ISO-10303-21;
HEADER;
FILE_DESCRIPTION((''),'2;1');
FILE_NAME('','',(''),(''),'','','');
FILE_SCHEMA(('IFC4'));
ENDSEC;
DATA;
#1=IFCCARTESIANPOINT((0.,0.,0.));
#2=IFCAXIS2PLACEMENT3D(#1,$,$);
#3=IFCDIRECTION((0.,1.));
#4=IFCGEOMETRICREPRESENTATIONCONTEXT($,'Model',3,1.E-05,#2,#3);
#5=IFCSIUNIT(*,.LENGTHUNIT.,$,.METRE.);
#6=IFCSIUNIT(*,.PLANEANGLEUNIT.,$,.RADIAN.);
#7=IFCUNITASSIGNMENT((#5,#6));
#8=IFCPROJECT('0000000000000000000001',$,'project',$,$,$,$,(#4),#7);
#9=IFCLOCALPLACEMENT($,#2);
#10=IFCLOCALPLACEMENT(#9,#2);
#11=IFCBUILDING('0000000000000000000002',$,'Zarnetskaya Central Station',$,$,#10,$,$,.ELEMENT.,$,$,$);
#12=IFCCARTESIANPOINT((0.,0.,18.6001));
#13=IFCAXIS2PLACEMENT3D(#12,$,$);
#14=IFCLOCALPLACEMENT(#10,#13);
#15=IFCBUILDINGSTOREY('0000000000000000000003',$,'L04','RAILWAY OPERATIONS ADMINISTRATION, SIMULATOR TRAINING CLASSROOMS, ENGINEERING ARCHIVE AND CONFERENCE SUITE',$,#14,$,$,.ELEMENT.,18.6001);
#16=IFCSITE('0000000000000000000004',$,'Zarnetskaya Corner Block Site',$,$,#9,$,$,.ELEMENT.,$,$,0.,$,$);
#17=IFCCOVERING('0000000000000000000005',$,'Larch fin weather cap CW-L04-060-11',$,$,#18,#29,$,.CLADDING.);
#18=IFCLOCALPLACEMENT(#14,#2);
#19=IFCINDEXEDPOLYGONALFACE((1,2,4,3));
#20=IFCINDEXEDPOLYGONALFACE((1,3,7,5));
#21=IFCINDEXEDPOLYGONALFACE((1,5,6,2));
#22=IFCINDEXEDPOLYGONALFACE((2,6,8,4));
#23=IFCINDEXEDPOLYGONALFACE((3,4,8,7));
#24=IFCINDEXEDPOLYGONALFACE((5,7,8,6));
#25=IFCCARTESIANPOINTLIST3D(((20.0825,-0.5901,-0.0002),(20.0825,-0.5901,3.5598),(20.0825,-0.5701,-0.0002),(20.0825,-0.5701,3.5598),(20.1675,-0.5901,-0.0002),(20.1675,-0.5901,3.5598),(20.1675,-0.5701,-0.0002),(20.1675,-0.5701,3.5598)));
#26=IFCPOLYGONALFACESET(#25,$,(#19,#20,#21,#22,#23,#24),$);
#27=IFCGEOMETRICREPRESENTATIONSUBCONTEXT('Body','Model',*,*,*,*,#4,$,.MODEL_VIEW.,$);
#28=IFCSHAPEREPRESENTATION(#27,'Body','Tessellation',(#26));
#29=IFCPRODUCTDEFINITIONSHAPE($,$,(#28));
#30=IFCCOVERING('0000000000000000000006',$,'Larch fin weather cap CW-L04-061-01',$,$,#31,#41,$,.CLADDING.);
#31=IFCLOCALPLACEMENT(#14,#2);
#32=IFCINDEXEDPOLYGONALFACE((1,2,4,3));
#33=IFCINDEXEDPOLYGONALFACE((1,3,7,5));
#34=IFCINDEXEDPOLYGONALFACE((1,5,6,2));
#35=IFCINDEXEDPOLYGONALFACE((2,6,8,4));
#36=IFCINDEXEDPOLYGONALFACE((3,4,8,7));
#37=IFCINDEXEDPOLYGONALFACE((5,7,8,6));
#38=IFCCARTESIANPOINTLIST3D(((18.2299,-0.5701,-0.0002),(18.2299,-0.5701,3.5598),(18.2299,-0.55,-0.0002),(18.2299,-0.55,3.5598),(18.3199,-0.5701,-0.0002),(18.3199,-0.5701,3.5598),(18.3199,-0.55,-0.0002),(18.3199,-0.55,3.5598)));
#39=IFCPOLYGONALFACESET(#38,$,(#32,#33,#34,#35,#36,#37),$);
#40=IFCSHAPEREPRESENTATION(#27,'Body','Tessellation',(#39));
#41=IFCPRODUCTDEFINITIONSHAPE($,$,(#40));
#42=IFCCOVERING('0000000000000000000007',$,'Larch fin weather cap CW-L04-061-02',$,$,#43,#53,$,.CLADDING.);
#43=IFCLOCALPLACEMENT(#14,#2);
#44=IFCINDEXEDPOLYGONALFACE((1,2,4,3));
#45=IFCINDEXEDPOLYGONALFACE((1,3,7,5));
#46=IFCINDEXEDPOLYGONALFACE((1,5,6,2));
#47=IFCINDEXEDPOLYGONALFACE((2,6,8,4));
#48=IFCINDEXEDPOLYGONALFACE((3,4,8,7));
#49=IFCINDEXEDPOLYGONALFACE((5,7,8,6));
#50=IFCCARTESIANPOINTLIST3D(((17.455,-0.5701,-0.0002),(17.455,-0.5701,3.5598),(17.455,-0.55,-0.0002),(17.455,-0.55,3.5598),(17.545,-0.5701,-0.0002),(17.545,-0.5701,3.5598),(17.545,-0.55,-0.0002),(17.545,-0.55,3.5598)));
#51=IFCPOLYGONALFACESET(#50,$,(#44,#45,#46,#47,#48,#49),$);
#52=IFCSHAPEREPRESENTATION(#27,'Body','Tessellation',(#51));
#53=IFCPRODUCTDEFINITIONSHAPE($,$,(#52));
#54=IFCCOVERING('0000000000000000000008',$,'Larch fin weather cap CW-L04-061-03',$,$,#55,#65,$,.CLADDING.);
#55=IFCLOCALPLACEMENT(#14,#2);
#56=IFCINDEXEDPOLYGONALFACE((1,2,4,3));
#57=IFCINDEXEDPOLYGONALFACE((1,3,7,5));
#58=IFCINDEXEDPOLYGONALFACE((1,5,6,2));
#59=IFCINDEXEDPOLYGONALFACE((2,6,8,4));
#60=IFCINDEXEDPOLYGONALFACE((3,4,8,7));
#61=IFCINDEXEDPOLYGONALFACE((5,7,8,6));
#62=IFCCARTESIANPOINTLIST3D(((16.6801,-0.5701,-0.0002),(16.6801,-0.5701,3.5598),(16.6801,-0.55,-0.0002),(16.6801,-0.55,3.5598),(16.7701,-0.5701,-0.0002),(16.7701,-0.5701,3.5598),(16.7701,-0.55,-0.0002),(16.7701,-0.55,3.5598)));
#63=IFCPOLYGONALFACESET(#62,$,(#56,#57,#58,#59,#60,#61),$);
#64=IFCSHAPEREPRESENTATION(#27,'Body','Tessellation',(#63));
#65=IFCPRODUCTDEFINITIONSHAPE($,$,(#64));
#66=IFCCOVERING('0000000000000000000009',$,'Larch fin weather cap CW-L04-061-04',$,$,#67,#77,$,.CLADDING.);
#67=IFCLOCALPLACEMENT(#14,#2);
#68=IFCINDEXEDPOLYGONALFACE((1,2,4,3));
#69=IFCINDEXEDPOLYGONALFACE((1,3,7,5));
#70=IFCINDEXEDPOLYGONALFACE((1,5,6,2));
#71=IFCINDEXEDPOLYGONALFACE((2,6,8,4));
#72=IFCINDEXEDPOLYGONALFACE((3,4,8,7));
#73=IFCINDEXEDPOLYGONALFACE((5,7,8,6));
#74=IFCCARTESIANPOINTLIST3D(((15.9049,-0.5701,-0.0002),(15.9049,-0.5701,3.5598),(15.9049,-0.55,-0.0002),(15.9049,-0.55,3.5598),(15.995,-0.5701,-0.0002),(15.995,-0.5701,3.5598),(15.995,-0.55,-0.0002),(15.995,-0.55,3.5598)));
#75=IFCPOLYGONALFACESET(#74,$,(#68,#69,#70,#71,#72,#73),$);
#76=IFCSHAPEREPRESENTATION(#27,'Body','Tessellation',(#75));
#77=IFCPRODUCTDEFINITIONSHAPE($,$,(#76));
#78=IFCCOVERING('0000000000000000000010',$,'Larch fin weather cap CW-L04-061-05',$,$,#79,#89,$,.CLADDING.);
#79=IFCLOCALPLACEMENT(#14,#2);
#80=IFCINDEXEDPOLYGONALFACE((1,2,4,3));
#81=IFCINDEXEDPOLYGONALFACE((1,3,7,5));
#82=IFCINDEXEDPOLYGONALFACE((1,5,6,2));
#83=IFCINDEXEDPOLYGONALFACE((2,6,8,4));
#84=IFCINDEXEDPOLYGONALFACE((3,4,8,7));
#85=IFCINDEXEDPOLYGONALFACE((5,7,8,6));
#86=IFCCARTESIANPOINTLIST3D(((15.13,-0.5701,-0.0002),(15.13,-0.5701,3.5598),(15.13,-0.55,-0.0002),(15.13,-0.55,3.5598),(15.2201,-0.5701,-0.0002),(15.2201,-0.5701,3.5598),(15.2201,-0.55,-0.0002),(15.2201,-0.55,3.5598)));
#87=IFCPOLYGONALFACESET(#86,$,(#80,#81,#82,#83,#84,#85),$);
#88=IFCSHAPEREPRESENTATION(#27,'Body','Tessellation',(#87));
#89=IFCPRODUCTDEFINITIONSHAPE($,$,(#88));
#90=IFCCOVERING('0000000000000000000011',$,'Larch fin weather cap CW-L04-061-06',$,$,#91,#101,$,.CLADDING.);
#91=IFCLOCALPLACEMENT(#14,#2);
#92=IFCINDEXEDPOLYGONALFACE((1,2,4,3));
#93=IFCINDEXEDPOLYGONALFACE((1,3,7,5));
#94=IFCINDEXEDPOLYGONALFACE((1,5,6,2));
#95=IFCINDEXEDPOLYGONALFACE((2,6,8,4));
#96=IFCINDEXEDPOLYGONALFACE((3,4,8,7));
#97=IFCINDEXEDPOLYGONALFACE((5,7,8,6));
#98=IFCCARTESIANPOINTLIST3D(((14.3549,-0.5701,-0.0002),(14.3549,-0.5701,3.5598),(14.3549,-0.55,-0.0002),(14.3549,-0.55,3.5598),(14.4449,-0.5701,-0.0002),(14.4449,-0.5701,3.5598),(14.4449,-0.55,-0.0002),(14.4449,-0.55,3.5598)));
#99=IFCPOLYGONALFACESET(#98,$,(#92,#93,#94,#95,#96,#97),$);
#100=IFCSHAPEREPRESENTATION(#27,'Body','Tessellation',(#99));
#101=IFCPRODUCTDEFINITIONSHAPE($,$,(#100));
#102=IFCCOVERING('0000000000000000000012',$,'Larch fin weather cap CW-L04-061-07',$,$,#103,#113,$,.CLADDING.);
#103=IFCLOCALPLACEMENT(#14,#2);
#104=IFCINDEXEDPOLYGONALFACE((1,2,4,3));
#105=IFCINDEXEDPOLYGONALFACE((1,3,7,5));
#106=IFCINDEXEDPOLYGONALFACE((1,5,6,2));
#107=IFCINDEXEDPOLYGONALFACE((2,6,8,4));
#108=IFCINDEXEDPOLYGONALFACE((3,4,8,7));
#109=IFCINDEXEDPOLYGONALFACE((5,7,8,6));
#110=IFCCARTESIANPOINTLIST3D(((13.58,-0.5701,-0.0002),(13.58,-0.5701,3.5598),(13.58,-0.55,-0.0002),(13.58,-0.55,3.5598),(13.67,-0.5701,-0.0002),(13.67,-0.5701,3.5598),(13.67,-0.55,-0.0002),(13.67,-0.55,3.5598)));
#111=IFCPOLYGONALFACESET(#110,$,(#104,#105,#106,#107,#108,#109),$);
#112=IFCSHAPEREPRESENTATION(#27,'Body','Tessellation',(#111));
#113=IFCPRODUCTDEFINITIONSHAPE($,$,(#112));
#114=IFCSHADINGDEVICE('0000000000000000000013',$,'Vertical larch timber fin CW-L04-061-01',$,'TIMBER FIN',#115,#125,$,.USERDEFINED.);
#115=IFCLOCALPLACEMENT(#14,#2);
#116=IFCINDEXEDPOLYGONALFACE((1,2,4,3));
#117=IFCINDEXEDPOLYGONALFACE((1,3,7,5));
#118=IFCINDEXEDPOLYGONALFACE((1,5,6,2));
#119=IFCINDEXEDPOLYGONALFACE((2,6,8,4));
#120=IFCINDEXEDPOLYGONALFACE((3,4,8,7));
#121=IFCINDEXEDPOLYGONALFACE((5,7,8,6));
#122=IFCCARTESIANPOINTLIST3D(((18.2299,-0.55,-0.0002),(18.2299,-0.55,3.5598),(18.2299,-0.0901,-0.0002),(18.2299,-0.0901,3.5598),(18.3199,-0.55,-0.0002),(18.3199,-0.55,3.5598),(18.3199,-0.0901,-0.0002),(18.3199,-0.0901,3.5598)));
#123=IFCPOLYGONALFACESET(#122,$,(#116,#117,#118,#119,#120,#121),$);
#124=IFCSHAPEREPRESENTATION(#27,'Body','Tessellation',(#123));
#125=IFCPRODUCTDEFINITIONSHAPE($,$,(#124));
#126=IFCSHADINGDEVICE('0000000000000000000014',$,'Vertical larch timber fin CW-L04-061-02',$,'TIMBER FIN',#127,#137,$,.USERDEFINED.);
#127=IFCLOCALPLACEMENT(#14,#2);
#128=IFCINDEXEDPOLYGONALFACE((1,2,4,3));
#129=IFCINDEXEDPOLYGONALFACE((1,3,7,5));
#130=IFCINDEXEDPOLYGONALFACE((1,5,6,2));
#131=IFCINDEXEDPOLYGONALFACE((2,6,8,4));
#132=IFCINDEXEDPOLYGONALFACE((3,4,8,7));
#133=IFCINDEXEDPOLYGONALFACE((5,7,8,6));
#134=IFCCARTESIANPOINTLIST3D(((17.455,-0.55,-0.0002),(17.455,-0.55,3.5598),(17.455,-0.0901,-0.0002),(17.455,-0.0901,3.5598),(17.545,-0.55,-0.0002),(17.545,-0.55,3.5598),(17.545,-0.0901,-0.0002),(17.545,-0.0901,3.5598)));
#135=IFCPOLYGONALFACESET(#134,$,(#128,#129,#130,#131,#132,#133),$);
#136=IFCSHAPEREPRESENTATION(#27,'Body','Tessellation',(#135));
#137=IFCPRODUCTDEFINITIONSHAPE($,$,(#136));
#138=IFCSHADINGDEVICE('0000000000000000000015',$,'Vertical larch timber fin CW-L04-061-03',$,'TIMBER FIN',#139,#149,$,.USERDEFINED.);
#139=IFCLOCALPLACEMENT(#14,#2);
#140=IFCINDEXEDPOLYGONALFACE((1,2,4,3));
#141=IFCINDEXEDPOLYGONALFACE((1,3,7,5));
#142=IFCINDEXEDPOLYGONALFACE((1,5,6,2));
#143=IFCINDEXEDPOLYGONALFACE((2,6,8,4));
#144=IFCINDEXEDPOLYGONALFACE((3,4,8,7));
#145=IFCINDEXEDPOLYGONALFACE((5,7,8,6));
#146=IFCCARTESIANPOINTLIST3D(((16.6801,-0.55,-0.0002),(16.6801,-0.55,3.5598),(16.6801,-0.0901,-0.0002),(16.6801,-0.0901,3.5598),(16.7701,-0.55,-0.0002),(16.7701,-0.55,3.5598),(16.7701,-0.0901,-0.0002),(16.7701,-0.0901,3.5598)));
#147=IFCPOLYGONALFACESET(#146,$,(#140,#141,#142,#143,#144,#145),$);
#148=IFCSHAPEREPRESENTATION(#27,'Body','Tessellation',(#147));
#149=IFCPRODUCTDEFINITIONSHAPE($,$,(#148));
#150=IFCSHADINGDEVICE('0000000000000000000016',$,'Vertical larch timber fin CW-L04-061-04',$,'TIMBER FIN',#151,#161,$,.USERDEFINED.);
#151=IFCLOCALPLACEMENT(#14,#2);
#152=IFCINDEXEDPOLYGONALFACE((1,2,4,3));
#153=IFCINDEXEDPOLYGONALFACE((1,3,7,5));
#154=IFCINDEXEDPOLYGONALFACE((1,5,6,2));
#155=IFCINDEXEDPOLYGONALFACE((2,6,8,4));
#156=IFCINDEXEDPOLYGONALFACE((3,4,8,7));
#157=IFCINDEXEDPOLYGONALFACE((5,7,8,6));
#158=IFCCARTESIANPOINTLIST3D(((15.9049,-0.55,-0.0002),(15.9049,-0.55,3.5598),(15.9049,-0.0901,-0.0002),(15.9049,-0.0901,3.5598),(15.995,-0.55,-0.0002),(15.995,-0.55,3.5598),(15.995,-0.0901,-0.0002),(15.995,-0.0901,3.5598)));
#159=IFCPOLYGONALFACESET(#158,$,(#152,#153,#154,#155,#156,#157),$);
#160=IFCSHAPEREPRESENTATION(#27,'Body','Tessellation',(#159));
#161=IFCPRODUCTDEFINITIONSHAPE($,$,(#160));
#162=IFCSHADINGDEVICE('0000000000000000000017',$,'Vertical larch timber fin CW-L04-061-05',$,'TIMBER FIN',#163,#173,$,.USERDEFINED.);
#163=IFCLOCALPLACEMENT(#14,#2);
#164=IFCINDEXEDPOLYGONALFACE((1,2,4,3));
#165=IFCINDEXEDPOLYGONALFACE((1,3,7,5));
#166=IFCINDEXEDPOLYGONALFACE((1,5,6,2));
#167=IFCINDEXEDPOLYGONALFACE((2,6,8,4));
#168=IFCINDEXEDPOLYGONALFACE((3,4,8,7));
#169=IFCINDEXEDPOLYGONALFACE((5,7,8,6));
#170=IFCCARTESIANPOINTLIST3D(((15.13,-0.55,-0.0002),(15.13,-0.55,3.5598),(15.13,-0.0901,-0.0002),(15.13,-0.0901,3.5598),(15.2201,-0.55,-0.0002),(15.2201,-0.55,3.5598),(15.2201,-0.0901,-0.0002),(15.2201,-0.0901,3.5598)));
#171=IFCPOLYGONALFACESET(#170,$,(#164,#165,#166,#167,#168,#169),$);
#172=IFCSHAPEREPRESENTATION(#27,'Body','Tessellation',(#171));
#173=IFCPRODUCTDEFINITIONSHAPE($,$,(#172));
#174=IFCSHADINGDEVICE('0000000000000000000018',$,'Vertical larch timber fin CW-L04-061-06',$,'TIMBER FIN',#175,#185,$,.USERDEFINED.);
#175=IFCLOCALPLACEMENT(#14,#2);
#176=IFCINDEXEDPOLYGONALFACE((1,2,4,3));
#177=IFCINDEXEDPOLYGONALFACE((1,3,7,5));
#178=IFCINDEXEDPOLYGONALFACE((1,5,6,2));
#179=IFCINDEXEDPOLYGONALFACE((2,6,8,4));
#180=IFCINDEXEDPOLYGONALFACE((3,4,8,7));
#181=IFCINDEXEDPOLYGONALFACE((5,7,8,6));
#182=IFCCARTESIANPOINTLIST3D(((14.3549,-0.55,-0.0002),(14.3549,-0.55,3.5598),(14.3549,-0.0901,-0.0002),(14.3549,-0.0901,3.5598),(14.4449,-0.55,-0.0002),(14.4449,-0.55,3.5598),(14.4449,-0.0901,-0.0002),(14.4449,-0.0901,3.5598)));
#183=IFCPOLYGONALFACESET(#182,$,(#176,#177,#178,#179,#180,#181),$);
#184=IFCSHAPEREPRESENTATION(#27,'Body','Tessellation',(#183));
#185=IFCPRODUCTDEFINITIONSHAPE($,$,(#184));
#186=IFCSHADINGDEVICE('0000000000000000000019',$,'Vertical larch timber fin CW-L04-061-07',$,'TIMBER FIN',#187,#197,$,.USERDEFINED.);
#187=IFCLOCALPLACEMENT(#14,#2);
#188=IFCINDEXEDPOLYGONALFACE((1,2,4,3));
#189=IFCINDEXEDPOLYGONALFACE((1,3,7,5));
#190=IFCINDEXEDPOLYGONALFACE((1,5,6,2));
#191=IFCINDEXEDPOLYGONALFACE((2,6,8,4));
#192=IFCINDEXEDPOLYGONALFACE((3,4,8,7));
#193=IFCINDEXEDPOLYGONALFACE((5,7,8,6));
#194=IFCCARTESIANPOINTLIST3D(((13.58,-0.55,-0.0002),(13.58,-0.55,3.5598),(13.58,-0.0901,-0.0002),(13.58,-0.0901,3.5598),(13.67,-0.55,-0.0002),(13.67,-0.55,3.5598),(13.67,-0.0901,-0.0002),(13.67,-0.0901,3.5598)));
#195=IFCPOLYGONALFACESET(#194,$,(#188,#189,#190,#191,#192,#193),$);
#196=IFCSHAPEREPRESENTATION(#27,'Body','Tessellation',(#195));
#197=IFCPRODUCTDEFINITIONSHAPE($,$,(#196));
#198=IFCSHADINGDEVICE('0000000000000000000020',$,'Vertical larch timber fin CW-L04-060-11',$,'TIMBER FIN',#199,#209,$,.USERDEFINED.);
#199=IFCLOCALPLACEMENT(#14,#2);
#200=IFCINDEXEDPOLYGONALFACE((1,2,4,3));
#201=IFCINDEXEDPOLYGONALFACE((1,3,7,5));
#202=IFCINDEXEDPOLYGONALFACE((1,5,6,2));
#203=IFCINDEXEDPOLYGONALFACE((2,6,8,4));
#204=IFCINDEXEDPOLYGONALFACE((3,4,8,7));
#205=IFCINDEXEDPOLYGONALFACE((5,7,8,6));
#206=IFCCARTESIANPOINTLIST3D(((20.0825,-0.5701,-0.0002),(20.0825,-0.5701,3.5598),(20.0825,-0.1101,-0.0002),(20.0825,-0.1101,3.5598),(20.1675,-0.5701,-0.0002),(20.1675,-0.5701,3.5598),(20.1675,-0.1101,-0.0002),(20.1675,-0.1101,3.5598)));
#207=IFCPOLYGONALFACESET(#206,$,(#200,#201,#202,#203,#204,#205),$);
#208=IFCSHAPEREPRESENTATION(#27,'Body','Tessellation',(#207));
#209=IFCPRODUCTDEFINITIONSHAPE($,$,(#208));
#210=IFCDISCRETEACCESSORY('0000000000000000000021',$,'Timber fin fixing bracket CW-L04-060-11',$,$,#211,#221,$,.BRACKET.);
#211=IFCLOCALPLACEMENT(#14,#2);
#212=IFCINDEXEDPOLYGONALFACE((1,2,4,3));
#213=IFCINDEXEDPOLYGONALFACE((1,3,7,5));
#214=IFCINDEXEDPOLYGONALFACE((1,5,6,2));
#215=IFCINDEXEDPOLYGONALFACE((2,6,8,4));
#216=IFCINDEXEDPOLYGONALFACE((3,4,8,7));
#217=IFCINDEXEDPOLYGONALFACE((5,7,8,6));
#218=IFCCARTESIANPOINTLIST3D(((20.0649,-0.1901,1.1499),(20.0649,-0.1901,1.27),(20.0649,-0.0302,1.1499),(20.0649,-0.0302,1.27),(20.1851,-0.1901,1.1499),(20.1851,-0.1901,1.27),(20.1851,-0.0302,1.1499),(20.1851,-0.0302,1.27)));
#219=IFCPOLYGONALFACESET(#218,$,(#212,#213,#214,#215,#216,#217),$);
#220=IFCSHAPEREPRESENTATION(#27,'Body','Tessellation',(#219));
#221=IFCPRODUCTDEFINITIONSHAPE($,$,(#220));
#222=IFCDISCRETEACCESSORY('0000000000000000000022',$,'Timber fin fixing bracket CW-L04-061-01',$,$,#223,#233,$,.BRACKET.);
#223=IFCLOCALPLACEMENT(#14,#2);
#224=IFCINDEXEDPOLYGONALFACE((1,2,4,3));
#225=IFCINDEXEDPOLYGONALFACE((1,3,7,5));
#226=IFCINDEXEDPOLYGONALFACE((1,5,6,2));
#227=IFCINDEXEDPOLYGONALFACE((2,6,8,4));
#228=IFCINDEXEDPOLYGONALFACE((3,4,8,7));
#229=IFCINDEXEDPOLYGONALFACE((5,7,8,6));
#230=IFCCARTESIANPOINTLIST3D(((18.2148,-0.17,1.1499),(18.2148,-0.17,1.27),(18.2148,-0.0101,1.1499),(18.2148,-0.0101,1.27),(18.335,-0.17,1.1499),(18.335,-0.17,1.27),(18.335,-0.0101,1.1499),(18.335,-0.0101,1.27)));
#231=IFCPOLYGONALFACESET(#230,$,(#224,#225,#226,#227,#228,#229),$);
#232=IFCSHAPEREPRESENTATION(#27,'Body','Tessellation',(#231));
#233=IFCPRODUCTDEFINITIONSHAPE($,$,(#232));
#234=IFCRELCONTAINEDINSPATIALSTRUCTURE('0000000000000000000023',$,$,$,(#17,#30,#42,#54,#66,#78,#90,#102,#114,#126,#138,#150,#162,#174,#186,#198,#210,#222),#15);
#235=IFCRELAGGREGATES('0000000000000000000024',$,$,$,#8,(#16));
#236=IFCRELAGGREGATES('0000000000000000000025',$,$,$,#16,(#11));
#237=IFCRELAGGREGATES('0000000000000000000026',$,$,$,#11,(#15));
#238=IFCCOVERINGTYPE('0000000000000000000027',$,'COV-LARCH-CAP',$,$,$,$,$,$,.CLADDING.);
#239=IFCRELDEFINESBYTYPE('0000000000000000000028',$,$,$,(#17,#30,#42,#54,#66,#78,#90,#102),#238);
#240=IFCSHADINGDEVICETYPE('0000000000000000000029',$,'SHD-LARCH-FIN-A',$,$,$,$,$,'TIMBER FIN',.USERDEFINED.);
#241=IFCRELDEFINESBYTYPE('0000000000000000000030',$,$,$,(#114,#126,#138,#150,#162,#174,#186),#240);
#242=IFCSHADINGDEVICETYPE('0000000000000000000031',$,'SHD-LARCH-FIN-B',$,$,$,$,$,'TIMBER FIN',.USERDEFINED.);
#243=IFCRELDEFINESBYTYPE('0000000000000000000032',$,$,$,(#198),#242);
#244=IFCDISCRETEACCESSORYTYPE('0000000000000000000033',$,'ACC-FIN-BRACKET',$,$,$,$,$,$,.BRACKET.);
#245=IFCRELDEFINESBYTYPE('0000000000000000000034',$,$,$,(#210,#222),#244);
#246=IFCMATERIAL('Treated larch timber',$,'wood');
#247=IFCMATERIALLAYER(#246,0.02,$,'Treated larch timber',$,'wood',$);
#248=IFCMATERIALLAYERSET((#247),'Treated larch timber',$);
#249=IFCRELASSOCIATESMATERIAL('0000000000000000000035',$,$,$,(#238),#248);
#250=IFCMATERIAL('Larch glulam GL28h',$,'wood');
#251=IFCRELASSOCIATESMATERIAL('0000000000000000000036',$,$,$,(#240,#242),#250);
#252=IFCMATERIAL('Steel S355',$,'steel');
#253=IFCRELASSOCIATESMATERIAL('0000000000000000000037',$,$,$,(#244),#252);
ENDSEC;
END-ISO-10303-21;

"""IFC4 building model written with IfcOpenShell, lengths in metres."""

from ifc_helpers import new_model, si_unit, direction, frame, origin, origin_2d, place, context, subcontext, project, spatial, rectangle, extrude, material, layer, layer_set, type_object, element, save


model = new_model("IFC4")

# Units and contexts
model_context = context("Model", 3, precision=1e-05, world=origin(), true_north=direction((0.0, 1.0)))
body_context = subcontext(model_context, "Body", "Model", "MODEL_VIEW")
ifc_project = project(units=[si_unit("LENGTHUNIT", "METRE"), si_unit("PLANEANGLEUNIT", "RADIAN")], contexts=[model_context])

# Site, building, storey
site_placement = place(None, origin())
site = spatial("IfcSite", under=ifc_project, at=site_placement, Name="Zarnetskaya Corner Block Site", CompositionType="ELEMENT", RefElevation=0.0)
building_placement = place(site_placement, origin())
building = spatial("IfcBuilding", under=site, at=building_placement, Name="Zarnetskaya Central Station", CompositionType="ELEMENT")
storey_placement = place(building_placement, frame((0.0, 0.0, 18.6001)))
storey = spatial("IfcBuildingStorey", under=building, at=storey_placement, Name="L04", Description="RAILWAY OPERATIONS ADMINISTRATION, SIMULATOR TRAINING CLASSROOMS, ENGINEERING ARCHIVE AND CONFERENCE SUITE", CompositionType="ELEMENT", Elevation=18.6001)

# Coverings
ifc_material_1 = material(Name="Treated larch timber", Category="wood")
ifc_layer_1 = layer(ifc_material_1, 0.02, Name="Treated larch timber", Category="wood")
ifc_layer_set_1 = layer_set([ifc_layer_1], Name="Treated larch timber")
covering_type = type_object("IfcCoveringType", Name="COV-LARCH-CAP", PredefinedType="CLADDING", material=ifc_layer_set_1)
covering_placement = place(storey_placement, frame((20.125, -0.5801, -0.0002), z_axis=(0.0, 0.0, 1.0), x_axis=(-1.0, 0.0, 0.0)))
element("IfcCovering", 1, at=covering_placement, inside=storey, type_object=covering_type, Name="Larch fin weather cap CW-L04-060-11", PredefinedType="CLADDING", context=body_context, shape_type="SweptSolid", body=[
    extrude(rectangle(XDim=0.085, YDim=0.02, at=origin_2d()), origin(), (0.0, 0.0, 1.0), 3.5601),
])
for number, where, z_axis, x_axis, name in (
    (2, (18.2749, -0.5601, -0.0002), (0.0, 0.0, 1.0), (-1.0, 0.0, 0.0), "Larch fin weather cap CW-L04-061-01"),
    (3, (17.5, -0.5601, -0.0002), (0.0, 0.0, 1.0), (-1.0, 0.0, 0.0), "Larch fin weather cap CW-L04-061-02"),
    (4, (16.7251, -0.5601, -0.0002), (0.0, 0.0, 1.0), (-1.0, 0.0, 0.0), "Larch fin weather cap CW-L04-061-03"),
    (5, (15.95, -0.5601, -0.0002), (0.0, 0.0, 1.0), (-1.0, 0.0, 0.0), "Larch fin weather cap CW-L04-061-04"),
    (6, (15.175, -0.5601, -0.0002), (0.0, 0.0, 1.0), (-1.0, 0.0, 0.0), "Larch fin weather cap CW-L04-061-05"),
    (7, (14.3999, -0.5601, -0.0002), (0.0, 0.0, 1.0), (-1.0, 0.0, 0.0), "Larch fin weather cap CW-L04-061-06"),
    (8, (13.625, -0.5601, -0.0002), (0.0, 0.0, 1.0), (-1.0, 0.0, 0.0), "Larch fin weather cap CW-L04-061-07"),
):
    element("IfcCovering", number, at=place(storey_placement, frame(where, z_axis=z_axis, x_axis=x_axis)), inside=storey, type_object=covering_type, Name=name, PredefinedType="CLADDING", context=body_context, shape_type="SweptSolid", body=[
        extrude(rectangle(XDim=0.0901, YDim=0.02, at=origin_2d()), origin(), (0.0, 0.0, 1.0), 3.5601),
    ])

# Shading devices
ifc_material_2 = material(Name="Larch glulam GL28h", Category="wood")
shading_device_type_1 = type_object("IfcShadingDeviceType", Name="SHD-LARCH-FIN-A", ElementType="TIMBER FIN", PredefinedType="USERDEFINED", material=ifc_material_2)
for number, where, z_axis, x_axis, name in (
    (9, (18.2749, -0.3201, -0.0002), (0.0, 0.0, 1.0), (-1.0, 0.0, 0.0), "Vertical larch timber fin CW-L04-061-01"),
    (10, (17.5, -0.3201, -0.0002), (0.0, 0.0, 1.0), (-1.0, 0.0, 0.0), "Vertical larch timber fin CW-L04-061-02"),
    (11, (16.7251, -0.3201, -0.0002), (0.0, 0.0, 1.0), (-1.0, 0.0, 0.0), "Vertical larch timber fin CW-L04-061-03"),
    (12, (15.95, -0.3201, -0.0002), (0.0, 0.0, 1.0), (-1.0, 0.0, 0.0), "Vertical larch timber fin CW-L04-061-04"),
    (13, (15.175, -0.3201, -0.0002), (0.0, 0.0, 1.0), (-1.0, 0.0, 0.0), "Vertical larch timber fin CW-L04-061-05"),
    (14, (14.3999, -0.3201, -0.0002), (0.0, 0.0, 1.0), (-1.0, 0.0, 0.0), "Vertical larch timber fin CW-L04-061-06"),
    (15, (13.625, -0.3201, -0.0002), (0.0, 0.0, 1.0), (-1.0, 0.0, 0.0), "Vertical larch timber fin CW-L04-061-07"),
):
    element("IfcShadingDevice", number, at=place(storey_placement, frame(where, z_axis=z_axis, x_axis=x_axis)), inside=storey, type_object=shading_device_type_1, Name=name, ObjectType="TIMBER FIN", PredefinedType="USERDEFINED", context=body_context, shape_type="SweptSolid", body=[
        extrude(rectangle(XDim=0.0901, YDim=0.46, at=origin_2d()), origin(), (0.0, 0.0, 1.0), 3.5601),
    ])
shading_device_type_2 = type_object("IfcShadingDeviceType", Name="SHD-LARCH-FIN-B", ElementType="TIMBER FIN", PredefinedType="USERDEFINED", material=ifc_material_2)
shading_device_placement = place(storey_placement, frame((20.125, -0.3401, -0.0002), z_axis=(0.0, 0.0, 1.0), x_axis=(-1.0, 0.0, 0.0)))
element("IfcShadingDevice", 16, at=shading_device_placement, inside=storey, type_object=shading_device_type_2, Name="Vertical larch timber fin CW-L04-060-11", ObjectType="TIMBER FIN", PredefinedType="USERDEFINED", context=body_context, shape_type="SweptSolid", body=[
    extrude(rectangle(XDim=0.085, YDim=0.46, at=origin_2d()), origin(), (0.0, 0.0, 1.0), 3.5601),
])

# Discrete accessories
ifc_material_3 = material(Name="Steel S355", Category="steel")
discrete_accessory_type = type_object("IfcDiscreteAccessoryType", Name="ACC-FIN-BRACKET", PredefinedType="BRACKET", material=ifc_material_3)
for number, where, z_axis, x_axis, name in (
    (17, (20.125, -0.1101, 1.1499), (0.0, 0.0, 1.0), (-1.0, 0.0, 0.0), "Timber fin fixing bracket CW-L04-060-11"),
    (18, (18.2749, -0.0901, 1.1499), (0.0, 0.0, 1.0), (-1.0, 0.0, 0.0), "Timber fin fixing bracket CW-L04-061-01"),
):
    element("IfcDiscreteAccessory", number, at=place(storey_placement, frame(where, z_axis=z_axis, x_axis=x_axis)), inside=storey, type_object=discrete_accessory_type, Name=name, PredefinedType="BRACKET", context=body_context, shape_type="SweptSolid", body=[
        extrude(rectangle(XDim=0.1201, YDim=0.1599, at=origin_2d()), origin(), (0.0, 0.0, 1.0), 0.1201),
    ])

save(model, "model.ifc")
